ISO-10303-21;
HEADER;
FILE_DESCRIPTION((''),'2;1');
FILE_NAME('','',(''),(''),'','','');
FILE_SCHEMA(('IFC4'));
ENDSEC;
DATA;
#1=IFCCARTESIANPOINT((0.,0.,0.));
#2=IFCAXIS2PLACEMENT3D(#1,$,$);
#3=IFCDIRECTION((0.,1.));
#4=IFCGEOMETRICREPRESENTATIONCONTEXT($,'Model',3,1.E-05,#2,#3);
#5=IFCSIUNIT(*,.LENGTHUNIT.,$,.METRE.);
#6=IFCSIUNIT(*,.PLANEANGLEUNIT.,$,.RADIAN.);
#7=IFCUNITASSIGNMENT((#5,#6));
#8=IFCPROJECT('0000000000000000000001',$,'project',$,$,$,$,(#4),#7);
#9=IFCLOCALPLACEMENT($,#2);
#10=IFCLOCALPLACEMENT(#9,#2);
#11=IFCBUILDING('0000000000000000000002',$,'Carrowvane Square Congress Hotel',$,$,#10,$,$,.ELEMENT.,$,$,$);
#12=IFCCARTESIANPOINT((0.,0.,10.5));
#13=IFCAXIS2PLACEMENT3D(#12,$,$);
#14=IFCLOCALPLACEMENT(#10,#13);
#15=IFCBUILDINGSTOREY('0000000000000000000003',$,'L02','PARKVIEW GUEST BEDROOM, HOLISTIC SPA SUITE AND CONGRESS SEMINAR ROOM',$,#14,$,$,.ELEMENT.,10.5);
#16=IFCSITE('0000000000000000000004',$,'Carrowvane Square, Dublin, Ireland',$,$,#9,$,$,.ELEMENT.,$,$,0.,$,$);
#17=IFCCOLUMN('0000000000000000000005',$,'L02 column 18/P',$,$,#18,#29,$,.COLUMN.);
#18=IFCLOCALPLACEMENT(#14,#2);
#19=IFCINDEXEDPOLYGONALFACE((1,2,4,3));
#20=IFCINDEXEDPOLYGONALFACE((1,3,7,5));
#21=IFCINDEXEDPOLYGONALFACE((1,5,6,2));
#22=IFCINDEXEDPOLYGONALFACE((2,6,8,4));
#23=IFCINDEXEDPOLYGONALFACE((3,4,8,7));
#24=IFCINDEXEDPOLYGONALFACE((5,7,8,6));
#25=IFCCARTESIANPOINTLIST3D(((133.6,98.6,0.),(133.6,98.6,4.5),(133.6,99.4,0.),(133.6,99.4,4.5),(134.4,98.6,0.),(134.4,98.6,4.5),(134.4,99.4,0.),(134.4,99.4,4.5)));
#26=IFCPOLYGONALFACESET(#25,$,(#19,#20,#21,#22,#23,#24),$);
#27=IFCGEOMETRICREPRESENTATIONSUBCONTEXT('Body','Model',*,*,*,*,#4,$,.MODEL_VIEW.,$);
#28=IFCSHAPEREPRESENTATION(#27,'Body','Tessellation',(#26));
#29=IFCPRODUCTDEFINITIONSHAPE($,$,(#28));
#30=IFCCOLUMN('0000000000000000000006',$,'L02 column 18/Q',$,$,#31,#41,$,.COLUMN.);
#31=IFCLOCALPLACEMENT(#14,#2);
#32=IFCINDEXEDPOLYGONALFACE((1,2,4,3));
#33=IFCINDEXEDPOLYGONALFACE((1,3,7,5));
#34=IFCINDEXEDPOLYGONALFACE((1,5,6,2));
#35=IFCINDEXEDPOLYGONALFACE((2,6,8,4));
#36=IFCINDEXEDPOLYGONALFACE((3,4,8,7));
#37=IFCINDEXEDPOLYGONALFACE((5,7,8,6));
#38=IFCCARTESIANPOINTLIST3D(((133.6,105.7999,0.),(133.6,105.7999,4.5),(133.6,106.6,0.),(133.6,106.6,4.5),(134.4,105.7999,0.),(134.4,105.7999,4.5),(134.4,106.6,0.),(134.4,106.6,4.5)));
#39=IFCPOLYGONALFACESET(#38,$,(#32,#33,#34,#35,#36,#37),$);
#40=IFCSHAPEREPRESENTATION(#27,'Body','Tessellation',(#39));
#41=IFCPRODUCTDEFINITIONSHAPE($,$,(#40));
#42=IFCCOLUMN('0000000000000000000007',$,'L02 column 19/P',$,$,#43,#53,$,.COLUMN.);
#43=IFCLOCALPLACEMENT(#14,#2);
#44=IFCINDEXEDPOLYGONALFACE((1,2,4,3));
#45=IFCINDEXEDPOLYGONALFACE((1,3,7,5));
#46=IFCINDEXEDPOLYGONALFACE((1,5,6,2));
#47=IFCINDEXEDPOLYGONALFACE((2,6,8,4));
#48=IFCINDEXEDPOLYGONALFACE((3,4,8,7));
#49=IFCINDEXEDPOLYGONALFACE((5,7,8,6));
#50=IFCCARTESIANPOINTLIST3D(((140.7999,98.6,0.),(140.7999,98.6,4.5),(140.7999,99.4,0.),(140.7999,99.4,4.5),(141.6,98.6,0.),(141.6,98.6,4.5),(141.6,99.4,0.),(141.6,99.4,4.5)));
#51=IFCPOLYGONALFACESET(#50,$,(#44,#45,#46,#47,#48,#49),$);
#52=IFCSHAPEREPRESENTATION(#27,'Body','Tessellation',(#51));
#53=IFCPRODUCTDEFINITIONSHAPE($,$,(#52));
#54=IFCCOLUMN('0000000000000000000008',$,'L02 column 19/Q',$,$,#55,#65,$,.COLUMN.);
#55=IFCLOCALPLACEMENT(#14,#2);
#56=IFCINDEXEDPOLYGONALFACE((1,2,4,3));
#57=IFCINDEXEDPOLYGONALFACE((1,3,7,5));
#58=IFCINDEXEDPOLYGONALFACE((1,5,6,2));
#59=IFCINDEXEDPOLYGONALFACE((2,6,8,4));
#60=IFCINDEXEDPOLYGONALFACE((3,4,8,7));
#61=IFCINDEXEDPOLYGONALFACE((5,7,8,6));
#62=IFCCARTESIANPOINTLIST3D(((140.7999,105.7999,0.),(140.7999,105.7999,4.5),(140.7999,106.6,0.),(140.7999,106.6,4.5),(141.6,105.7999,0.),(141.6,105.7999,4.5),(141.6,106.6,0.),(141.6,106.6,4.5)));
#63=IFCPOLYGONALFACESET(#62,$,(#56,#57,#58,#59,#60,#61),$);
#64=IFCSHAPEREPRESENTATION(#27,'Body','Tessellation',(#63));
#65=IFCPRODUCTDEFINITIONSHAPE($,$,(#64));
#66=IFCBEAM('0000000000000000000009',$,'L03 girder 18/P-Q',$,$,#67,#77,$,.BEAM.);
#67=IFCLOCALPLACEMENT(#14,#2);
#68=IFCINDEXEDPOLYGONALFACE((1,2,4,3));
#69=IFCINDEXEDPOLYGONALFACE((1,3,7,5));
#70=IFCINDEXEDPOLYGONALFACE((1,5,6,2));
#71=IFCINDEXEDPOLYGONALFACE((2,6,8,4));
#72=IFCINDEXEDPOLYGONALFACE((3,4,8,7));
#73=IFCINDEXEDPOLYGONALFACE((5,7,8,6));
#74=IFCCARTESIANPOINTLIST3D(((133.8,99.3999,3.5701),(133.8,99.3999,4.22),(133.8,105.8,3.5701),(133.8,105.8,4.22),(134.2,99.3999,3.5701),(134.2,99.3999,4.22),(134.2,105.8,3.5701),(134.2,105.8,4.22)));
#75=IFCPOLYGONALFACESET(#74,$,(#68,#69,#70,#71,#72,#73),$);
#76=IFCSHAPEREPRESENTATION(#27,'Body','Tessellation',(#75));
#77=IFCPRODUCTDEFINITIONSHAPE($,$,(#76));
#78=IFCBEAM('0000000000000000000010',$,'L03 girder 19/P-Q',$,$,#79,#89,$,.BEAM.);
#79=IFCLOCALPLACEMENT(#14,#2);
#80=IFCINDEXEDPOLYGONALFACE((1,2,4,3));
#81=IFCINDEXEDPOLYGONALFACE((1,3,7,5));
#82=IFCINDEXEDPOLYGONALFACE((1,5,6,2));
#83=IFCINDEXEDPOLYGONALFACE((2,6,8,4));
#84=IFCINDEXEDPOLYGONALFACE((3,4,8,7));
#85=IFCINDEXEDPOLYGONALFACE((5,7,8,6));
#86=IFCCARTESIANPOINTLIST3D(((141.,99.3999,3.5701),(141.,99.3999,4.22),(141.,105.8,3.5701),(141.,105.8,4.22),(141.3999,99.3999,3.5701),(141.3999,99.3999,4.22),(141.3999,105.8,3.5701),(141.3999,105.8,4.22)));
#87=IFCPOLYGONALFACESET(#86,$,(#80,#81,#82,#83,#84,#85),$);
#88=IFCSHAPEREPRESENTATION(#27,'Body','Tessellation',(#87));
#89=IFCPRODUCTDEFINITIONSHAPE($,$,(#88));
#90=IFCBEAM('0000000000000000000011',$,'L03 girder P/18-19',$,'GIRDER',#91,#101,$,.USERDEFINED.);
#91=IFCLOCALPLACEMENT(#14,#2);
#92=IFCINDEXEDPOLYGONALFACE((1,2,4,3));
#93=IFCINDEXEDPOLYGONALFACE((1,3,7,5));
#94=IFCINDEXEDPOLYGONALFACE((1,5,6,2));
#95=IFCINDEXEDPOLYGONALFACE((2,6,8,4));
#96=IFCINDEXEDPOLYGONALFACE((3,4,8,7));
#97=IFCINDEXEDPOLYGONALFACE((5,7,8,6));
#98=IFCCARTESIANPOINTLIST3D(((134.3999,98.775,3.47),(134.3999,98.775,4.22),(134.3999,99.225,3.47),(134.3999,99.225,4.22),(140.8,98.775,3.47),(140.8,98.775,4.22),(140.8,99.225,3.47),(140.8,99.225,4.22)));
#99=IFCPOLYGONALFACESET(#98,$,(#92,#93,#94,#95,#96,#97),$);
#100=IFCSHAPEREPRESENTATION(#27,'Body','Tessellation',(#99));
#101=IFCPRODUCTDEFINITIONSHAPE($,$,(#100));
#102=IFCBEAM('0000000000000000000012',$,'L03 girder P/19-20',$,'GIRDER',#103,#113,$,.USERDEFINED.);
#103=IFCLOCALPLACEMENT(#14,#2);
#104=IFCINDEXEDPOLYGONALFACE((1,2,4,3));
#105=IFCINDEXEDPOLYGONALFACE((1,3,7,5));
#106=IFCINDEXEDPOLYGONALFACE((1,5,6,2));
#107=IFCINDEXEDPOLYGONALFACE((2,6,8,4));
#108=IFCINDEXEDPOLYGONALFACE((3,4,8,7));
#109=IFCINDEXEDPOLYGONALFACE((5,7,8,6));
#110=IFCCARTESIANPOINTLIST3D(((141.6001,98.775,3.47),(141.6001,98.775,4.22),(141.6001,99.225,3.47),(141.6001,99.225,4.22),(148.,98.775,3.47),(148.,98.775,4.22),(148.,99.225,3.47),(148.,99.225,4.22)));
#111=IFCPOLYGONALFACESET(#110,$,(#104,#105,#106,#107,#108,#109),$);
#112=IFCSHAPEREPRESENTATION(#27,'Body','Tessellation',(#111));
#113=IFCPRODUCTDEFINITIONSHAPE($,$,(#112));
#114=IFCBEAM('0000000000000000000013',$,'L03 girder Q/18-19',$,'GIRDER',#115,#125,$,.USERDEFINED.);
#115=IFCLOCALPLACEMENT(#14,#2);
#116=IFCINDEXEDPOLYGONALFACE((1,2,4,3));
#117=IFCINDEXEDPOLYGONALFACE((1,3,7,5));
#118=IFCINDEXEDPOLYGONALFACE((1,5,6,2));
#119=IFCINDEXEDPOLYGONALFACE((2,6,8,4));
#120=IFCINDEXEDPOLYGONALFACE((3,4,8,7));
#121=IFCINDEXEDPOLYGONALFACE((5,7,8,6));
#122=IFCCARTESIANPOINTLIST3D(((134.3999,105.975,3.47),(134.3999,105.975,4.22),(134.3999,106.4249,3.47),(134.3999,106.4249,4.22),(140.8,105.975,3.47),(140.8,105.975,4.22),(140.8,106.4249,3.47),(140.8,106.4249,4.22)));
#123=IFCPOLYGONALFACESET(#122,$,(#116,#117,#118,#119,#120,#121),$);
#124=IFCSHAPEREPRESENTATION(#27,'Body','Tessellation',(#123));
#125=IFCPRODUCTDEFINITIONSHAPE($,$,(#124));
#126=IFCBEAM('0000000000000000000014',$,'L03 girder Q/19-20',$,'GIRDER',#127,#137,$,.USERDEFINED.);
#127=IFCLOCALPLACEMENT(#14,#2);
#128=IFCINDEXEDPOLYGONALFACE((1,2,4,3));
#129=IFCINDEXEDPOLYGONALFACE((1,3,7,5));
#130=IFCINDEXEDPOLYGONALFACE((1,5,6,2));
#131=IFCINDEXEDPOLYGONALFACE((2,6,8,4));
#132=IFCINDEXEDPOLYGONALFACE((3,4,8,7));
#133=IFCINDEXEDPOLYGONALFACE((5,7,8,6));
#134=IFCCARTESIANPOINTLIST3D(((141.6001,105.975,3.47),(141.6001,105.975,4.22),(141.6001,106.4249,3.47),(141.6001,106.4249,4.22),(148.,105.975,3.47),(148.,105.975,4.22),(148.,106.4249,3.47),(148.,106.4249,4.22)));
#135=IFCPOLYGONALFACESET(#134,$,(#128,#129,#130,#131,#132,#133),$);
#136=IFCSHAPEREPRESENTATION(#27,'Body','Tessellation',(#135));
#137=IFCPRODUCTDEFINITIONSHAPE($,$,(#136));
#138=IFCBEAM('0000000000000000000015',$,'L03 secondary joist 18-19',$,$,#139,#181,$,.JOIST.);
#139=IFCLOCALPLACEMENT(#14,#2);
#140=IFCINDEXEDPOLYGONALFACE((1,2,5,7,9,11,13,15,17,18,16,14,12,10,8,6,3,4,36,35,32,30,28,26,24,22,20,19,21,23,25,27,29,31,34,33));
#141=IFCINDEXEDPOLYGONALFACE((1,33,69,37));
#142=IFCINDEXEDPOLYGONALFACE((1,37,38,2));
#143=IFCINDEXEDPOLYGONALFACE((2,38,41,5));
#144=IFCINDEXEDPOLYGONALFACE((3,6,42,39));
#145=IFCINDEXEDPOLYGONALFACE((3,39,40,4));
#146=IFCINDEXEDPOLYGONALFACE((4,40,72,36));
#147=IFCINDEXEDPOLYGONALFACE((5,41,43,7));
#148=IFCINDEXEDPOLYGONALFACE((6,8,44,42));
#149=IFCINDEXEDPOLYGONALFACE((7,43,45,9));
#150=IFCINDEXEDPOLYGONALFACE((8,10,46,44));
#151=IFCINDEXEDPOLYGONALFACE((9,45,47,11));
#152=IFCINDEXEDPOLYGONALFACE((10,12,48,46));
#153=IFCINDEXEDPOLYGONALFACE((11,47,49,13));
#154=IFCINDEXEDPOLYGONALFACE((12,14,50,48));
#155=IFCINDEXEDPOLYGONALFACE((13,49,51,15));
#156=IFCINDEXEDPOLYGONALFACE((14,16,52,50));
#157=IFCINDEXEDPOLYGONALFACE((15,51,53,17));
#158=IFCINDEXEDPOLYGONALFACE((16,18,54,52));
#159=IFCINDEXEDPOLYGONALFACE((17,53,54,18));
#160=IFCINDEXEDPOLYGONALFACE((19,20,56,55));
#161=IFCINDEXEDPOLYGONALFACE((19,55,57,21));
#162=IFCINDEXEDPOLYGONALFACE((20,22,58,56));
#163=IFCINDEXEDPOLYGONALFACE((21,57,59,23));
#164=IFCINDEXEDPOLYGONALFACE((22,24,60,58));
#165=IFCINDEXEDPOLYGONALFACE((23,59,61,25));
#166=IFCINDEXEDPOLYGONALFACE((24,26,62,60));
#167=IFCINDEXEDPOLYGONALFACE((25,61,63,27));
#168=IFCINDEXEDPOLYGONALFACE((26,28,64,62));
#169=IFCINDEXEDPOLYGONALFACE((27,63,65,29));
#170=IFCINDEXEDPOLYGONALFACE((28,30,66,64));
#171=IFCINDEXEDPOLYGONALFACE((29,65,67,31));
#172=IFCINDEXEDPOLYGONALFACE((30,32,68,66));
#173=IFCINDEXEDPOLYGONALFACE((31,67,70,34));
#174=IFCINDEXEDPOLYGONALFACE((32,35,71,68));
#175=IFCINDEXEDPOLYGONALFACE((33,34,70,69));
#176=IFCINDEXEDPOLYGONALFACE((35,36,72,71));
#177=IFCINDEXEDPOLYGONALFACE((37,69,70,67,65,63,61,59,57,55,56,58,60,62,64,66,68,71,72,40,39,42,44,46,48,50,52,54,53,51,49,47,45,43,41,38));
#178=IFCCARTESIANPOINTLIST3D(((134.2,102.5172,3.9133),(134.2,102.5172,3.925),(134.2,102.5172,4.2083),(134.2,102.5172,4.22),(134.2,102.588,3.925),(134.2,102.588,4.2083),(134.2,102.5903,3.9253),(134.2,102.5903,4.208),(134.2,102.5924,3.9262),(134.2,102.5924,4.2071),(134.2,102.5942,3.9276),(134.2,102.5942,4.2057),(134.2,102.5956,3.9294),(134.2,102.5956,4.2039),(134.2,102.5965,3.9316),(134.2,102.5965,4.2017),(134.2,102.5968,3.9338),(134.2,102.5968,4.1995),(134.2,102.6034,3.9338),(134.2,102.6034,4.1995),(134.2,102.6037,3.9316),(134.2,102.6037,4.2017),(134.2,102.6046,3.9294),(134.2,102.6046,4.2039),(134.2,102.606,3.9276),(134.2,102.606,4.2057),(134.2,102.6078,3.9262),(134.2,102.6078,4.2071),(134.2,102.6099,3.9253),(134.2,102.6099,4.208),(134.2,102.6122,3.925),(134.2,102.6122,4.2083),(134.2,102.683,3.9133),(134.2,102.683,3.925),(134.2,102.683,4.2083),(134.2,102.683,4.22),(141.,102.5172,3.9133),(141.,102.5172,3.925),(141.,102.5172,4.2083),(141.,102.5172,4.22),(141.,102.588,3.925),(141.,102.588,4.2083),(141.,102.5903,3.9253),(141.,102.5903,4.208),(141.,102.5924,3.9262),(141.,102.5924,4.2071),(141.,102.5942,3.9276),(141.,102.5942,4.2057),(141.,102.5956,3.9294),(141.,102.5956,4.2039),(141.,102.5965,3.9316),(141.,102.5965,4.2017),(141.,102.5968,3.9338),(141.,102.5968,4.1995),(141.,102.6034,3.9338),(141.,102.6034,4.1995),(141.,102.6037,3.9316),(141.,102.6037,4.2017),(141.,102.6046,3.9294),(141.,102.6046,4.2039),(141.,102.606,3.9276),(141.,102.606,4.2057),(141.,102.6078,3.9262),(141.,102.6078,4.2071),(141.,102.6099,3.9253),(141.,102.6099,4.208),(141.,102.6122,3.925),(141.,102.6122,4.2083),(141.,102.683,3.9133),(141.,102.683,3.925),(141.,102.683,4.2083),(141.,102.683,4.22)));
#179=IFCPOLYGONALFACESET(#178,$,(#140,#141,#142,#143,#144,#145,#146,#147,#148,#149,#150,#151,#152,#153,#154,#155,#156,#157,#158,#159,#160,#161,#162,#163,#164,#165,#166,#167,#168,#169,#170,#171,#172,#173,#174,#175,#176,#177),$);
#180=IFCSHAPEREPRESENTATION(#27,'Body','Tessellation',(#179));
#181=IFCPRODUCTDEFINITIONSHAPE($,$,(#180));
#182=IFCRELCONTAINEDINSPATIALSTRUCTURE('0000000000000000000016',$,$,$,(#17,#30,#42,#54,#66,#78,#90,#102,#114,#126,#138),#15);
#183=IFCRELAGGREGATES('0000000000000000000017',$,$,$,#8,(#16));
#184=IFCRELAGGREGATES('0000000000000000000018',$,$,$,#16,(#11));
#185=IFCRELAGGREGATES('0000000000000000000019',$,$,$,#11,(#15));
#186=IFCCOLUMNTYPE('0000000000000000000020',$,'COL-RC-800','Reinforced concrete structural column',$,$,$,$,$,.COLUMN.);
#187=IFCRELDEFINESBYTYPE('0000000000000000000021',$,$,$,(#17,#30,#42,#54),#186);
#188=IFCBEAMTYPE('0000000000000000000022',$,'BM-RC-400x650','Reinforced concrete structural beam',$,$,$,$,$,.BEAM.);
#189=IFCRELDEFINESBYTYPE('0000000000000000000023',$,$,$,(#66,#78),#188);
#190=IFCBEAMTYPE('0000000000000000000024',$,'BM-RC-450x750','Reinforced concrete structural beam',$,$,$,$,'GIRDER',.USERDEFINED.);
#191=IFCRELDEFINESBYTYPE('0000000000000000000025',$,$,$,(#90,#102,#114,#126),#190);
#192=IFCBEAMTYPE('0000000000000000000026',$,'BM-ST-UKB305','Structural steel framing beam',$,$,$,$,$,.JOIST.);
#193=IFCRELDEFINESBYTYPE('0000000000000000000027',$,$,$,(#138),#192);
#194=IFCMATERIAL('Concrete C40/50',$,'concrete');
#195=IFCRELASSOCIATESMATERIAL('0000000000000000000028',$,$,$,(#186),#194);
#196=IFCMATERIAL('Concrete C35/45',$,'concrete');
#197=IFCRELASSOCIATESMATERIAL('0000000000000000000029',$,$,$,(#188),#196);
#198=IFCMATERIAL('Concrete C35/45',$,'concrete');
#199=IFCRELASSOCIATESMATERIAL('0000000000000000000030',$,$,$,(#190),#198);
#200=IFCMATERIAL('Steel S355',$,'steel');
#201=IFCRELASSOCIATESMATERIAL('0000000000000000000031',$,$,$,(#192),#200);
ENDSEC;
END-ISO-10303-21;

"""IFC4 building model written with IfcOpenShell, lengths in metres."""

from ifc_helpers import new_model, si_unit, direction, frame, origin, origin_2d, place, context, subcontext, project, spatial, rectangle, i_section, extrude, material, material_profile, profile_set, type_object, element, save


model = new_model("IFC4")

# Units and contexts
model_context = context("Model", 3, precision=1e-05, world=origin(), true_north=direction((0.0, 1.0)))
body_context = subcontext(model_context, "Body", "Model", "MODEL_VIEW")
ifc_project = project(units=[si_unit("LENGTHUNIT", "METRE"), si_unit("PLANEANGLEUNIT", "RADIAN")], contexts=[model_context])

# Site, building, storey
site_placement = place(None, origin())
site = spatial("IfcSite", under=ifc_project, at=site_placement, Name="Carrowvane Square, Dublin, Ireland", CompositionType="ELEMENT", RefElevation=0.0)
building_placement = place(site_placement, origin())
building = spatial("IfcBuilding", under=site, at=building_placement, Name="Carrowvane Square Congress Hotel", CompositionType="ELEMENT")
storey_placement = place(building_placement, frame((0.0, 0.0, 10.5)))
storey = spatial("IfcBuildingStorey", under=building, at=storey_placement, Name="L02", Description="PARKVIEW GUEST BEDROOM, HOLISTIC SPA SUITE AND CONGRESS SEMINAR ROOM", CompositionType="ELEMENT", Elevation=10.5)

# Columns
ifc_material_1 = material(Name="Concrete C40/50", Category="concrete")
ifc_material_profile_1 = material_profile(ifc_material_1, rectangle(XDim=0.8, YDim=0.8, at=origin_2d()), Name="RC 800x800")
ifc_profile_set_1 = profile_set([ifc_material_profile_1], Name="Concrete C40/50")
column_type = type_object("IfcColumnType", Name="COL-RC-800", Description="Reinforced concrete structural column", PredefinedType="COLUMN", material=ifc_profile_set_1)
for number, where, z_axis, x_axis, name in (
    (1, (134.0, 99.0, 0.0), (0.0, 0.0, 1.0), (1.0, 0.0, 0.0), "L02 column 18/P"),
    (2, (134.0, 106.2, 0.0), (0.0, 0.0, 1.0), (1.0, 0.0, 0.0), "L02 column 18/Q"),
    (3, (141.2, 99.0, 0.0), (0.0, 0.0, 1.0), (1.0, 0.0, 0.0), "L02 column 19/P"),
    (4, (141.2, 106.2, 0.0), (0.0, 0.0, 1.0), (1.0, 0.0, 0.0), "L02 column 19/Q"),
):
    element("IfcColumn", number, at=place(storey_placement, frame(where, z_axis=z_axis, x_axis=x_axis)), inside=storey, type_object=column_type, Name=name, PredefinedType="COLUMN", context=body_context, shape_type="SweptSolid", body=[
        extrude(rectangle(XDim=0.8, YDim=0.8, at=origin_2d()), origin(), (0.0, 0.0, 1.0), 4.5),
    ])

# Beams
ifc_material_2 = material(Name="Concrete C35/45", Category="concrete")
ifc_material_profile_2 = material_profile(ifc_material_2, rectangle(XDim=0.3999, YDim=0.6499, at=origin_2d()), Name="RC 400x650")
ifc_profile_set_2 = profile_set([ifc_material_profile_2], Name="Concrete C35/45")
beam_type_1 = type_object("IfcBeamType", Name="BM-RC-400x650", Description="Reinforced concrete structural beam", PredefinedType="BEAM", material=ifc_profile_set_2)
for number, where, z_axis, x_axis, name in (
    (5, (134.0, 99.3999, 3.895), (0.0, 1.0, 0.0), (-1.0, 0.0, 0.0), "L03 girder 18/P-Q"),
    (6, (141.2, 99.3999, 3.895), (0.0, 1.0, 0.0), (-1.0, 0.0, 0.0), "L03 girder 19/P-Q"),
):
    element("IfcBeam", number, at=place(storey_placement, frame(where, z_axis=z_axis, x_axis=x_axis)), inside=storey, type_object=beam_type_1, Name=name, PredefinedType="BEAM", context=body_context, shape_type="SweptSolid", body=[
        extrude(rectangle(XDim=0.3999, YDim=0.6499, at=origin_2d()), origin(), (0.0, 0.0, 1.0), 6.4001),
    ])
ifc_material_3 = material(Name="Concrete C35/45", Category="concrete")
ifc_material_profile_3 = material_profile(ifc_material_3, rectangle(XDim=0.45, YDim=0.75, at=origin_2d()), Name="RC 450x750")
ifc_profile_set_3 = profile_set([ifc_material_profile_3], Name="Concrete C35/45")
beam_type_2 = type_object("IfcBeamType", Name="BM-RC-450x750", Description="Reinforced concrete structural beam", ElementType="GIRDER", PredefinedType="USERDEFINED", material=ifc_profile_set_3)
beam_1_placement = place(storey_placement, frame((134.3999, 99.0, 3.845), z_axis=(1.0, 0.0, 0.0), x_axis=(0.0, 1.0, 0.0)))
element("IfcBeam", 7, at=beam_1_placement, inside=storey, type_object=beam_type_2, Name="L03 girder P/18-19", ObjectType="GIRDER", PredefinedType="USERDEFINED", context=body_context, shape_type="SweptSolid", body=[
    extrude(rectangle(XDim=0.45, YDim=0.75, at=origin_2d()), origin(), (0.0, 0.0, 1.0), 6.4001),
])
beam_2_placement = place(storey_placement, frame((141.6001, 99.0, 3.845), z_axis=(1.0, 0.0, 0.0), x_axis=(0.0, 1.0, 0.0)))
element("IfcBeam", 8, at=beam_2_placement, inside=storey, type_object=beam_type_2, Name="L03 girder P/19-20", ObjectType="GIRDER", PredefinedType="USERDEFINED", context=body_context, shape_type="SweptSolid", body=[
    extrude(rectangle(XDim=0.45, YDim=0.75, at=origin_2d()), origin(), (0.0, 0.0, 1.0), 6.3999),
])
beam_3_placement = place(storey_placement, frame((134.3999, 106.2, 3.845), z_axis=(1.0, 0.0, 0.0), x_axis=(0.0, 1.0, 0.0)))
element("IfcBeam", 9, at=beam_3_placement, inside=storey, type_object=beam_type_2, Name="L03 girder Q/18-19", ObjectType="GIRDER", PredefinedType="USERDEFINED", context=body_context, shape_type="SweptSolid", body=[
    extrude(rectangle(XDim=0.45, YDim=0.75, at=origin_2d()), origin(), (0.0, 0.0, 1.0), 6.4001),
])
beam_4_placement = place(storey_placement, frame((141.6001, 106.2, 3.845), z_axis=(1.0, 0.0, 0.0), x_axis=(0.0, 1.0, 0.0)))
element("IfcBeam", 10, at=beam_4_placement, inside=storey, type_object=beam_type_2, Name="L03 girder Q/19-20", ObjectType="GIRDER", PredefinedType="USERDEFINED", context=body_context, shape_type="SweptSolid", body=[
    extrude(rectangle(XDim=0.45, YDim=0.75, at=origin_2d()), origin(), (0.0, 0.0, 1.0), 6.3999),
])
ifc_material_4 = material(Name="Steel S355", Category="steel")
ifc_material_profile_4 = material_profile(ifc_material_4, i_section(OverallWidth=0.1658, OverallDepth=0.3066, WebThickness=0.0066, FlangeThickness=0.0117, FilletRadius=0.0088, at=origin_2d()), Name="UKB 305x165x46")
ifc_profile_set_4 = profile_set([ifc_material_profile_4], Name="Steel S355")
beam_type_3 = type_object("IfcBeamType", Name="BM-ST-UKB305", Description="Structural steel framing beam", PredefinedType="JOIST", material=ifc_profile_set_4)
for number, where, z_axis, x_axis, name in (
    (11, (134.2, 102.6001, 4.0667), (1.0, 0.0, 0.0), (0.0, 1.0, 0.0), "L03 secondary joist 18-19"),
):
    element("IfcBeam", number, at=place(storey_placement, frame(where, z_axis=z_axis, x_axis=x_axis)), inside=storey, type_object=beam_type_3, Name=name, PredefinedType="JOIST", context=body_context, shape_type="SweptSolid", body=[
        extrude(i_section(OverallWidth=0.1658, OverallDepth=0.3066, WebThickness=0.0066, FlangeThickness=0.0117, FilletRadius=0.0088, at=origin_2d()), origin(), (0.0, 0.0, 1.0), 6.8),
    ])

save(model, "model.ifc")
